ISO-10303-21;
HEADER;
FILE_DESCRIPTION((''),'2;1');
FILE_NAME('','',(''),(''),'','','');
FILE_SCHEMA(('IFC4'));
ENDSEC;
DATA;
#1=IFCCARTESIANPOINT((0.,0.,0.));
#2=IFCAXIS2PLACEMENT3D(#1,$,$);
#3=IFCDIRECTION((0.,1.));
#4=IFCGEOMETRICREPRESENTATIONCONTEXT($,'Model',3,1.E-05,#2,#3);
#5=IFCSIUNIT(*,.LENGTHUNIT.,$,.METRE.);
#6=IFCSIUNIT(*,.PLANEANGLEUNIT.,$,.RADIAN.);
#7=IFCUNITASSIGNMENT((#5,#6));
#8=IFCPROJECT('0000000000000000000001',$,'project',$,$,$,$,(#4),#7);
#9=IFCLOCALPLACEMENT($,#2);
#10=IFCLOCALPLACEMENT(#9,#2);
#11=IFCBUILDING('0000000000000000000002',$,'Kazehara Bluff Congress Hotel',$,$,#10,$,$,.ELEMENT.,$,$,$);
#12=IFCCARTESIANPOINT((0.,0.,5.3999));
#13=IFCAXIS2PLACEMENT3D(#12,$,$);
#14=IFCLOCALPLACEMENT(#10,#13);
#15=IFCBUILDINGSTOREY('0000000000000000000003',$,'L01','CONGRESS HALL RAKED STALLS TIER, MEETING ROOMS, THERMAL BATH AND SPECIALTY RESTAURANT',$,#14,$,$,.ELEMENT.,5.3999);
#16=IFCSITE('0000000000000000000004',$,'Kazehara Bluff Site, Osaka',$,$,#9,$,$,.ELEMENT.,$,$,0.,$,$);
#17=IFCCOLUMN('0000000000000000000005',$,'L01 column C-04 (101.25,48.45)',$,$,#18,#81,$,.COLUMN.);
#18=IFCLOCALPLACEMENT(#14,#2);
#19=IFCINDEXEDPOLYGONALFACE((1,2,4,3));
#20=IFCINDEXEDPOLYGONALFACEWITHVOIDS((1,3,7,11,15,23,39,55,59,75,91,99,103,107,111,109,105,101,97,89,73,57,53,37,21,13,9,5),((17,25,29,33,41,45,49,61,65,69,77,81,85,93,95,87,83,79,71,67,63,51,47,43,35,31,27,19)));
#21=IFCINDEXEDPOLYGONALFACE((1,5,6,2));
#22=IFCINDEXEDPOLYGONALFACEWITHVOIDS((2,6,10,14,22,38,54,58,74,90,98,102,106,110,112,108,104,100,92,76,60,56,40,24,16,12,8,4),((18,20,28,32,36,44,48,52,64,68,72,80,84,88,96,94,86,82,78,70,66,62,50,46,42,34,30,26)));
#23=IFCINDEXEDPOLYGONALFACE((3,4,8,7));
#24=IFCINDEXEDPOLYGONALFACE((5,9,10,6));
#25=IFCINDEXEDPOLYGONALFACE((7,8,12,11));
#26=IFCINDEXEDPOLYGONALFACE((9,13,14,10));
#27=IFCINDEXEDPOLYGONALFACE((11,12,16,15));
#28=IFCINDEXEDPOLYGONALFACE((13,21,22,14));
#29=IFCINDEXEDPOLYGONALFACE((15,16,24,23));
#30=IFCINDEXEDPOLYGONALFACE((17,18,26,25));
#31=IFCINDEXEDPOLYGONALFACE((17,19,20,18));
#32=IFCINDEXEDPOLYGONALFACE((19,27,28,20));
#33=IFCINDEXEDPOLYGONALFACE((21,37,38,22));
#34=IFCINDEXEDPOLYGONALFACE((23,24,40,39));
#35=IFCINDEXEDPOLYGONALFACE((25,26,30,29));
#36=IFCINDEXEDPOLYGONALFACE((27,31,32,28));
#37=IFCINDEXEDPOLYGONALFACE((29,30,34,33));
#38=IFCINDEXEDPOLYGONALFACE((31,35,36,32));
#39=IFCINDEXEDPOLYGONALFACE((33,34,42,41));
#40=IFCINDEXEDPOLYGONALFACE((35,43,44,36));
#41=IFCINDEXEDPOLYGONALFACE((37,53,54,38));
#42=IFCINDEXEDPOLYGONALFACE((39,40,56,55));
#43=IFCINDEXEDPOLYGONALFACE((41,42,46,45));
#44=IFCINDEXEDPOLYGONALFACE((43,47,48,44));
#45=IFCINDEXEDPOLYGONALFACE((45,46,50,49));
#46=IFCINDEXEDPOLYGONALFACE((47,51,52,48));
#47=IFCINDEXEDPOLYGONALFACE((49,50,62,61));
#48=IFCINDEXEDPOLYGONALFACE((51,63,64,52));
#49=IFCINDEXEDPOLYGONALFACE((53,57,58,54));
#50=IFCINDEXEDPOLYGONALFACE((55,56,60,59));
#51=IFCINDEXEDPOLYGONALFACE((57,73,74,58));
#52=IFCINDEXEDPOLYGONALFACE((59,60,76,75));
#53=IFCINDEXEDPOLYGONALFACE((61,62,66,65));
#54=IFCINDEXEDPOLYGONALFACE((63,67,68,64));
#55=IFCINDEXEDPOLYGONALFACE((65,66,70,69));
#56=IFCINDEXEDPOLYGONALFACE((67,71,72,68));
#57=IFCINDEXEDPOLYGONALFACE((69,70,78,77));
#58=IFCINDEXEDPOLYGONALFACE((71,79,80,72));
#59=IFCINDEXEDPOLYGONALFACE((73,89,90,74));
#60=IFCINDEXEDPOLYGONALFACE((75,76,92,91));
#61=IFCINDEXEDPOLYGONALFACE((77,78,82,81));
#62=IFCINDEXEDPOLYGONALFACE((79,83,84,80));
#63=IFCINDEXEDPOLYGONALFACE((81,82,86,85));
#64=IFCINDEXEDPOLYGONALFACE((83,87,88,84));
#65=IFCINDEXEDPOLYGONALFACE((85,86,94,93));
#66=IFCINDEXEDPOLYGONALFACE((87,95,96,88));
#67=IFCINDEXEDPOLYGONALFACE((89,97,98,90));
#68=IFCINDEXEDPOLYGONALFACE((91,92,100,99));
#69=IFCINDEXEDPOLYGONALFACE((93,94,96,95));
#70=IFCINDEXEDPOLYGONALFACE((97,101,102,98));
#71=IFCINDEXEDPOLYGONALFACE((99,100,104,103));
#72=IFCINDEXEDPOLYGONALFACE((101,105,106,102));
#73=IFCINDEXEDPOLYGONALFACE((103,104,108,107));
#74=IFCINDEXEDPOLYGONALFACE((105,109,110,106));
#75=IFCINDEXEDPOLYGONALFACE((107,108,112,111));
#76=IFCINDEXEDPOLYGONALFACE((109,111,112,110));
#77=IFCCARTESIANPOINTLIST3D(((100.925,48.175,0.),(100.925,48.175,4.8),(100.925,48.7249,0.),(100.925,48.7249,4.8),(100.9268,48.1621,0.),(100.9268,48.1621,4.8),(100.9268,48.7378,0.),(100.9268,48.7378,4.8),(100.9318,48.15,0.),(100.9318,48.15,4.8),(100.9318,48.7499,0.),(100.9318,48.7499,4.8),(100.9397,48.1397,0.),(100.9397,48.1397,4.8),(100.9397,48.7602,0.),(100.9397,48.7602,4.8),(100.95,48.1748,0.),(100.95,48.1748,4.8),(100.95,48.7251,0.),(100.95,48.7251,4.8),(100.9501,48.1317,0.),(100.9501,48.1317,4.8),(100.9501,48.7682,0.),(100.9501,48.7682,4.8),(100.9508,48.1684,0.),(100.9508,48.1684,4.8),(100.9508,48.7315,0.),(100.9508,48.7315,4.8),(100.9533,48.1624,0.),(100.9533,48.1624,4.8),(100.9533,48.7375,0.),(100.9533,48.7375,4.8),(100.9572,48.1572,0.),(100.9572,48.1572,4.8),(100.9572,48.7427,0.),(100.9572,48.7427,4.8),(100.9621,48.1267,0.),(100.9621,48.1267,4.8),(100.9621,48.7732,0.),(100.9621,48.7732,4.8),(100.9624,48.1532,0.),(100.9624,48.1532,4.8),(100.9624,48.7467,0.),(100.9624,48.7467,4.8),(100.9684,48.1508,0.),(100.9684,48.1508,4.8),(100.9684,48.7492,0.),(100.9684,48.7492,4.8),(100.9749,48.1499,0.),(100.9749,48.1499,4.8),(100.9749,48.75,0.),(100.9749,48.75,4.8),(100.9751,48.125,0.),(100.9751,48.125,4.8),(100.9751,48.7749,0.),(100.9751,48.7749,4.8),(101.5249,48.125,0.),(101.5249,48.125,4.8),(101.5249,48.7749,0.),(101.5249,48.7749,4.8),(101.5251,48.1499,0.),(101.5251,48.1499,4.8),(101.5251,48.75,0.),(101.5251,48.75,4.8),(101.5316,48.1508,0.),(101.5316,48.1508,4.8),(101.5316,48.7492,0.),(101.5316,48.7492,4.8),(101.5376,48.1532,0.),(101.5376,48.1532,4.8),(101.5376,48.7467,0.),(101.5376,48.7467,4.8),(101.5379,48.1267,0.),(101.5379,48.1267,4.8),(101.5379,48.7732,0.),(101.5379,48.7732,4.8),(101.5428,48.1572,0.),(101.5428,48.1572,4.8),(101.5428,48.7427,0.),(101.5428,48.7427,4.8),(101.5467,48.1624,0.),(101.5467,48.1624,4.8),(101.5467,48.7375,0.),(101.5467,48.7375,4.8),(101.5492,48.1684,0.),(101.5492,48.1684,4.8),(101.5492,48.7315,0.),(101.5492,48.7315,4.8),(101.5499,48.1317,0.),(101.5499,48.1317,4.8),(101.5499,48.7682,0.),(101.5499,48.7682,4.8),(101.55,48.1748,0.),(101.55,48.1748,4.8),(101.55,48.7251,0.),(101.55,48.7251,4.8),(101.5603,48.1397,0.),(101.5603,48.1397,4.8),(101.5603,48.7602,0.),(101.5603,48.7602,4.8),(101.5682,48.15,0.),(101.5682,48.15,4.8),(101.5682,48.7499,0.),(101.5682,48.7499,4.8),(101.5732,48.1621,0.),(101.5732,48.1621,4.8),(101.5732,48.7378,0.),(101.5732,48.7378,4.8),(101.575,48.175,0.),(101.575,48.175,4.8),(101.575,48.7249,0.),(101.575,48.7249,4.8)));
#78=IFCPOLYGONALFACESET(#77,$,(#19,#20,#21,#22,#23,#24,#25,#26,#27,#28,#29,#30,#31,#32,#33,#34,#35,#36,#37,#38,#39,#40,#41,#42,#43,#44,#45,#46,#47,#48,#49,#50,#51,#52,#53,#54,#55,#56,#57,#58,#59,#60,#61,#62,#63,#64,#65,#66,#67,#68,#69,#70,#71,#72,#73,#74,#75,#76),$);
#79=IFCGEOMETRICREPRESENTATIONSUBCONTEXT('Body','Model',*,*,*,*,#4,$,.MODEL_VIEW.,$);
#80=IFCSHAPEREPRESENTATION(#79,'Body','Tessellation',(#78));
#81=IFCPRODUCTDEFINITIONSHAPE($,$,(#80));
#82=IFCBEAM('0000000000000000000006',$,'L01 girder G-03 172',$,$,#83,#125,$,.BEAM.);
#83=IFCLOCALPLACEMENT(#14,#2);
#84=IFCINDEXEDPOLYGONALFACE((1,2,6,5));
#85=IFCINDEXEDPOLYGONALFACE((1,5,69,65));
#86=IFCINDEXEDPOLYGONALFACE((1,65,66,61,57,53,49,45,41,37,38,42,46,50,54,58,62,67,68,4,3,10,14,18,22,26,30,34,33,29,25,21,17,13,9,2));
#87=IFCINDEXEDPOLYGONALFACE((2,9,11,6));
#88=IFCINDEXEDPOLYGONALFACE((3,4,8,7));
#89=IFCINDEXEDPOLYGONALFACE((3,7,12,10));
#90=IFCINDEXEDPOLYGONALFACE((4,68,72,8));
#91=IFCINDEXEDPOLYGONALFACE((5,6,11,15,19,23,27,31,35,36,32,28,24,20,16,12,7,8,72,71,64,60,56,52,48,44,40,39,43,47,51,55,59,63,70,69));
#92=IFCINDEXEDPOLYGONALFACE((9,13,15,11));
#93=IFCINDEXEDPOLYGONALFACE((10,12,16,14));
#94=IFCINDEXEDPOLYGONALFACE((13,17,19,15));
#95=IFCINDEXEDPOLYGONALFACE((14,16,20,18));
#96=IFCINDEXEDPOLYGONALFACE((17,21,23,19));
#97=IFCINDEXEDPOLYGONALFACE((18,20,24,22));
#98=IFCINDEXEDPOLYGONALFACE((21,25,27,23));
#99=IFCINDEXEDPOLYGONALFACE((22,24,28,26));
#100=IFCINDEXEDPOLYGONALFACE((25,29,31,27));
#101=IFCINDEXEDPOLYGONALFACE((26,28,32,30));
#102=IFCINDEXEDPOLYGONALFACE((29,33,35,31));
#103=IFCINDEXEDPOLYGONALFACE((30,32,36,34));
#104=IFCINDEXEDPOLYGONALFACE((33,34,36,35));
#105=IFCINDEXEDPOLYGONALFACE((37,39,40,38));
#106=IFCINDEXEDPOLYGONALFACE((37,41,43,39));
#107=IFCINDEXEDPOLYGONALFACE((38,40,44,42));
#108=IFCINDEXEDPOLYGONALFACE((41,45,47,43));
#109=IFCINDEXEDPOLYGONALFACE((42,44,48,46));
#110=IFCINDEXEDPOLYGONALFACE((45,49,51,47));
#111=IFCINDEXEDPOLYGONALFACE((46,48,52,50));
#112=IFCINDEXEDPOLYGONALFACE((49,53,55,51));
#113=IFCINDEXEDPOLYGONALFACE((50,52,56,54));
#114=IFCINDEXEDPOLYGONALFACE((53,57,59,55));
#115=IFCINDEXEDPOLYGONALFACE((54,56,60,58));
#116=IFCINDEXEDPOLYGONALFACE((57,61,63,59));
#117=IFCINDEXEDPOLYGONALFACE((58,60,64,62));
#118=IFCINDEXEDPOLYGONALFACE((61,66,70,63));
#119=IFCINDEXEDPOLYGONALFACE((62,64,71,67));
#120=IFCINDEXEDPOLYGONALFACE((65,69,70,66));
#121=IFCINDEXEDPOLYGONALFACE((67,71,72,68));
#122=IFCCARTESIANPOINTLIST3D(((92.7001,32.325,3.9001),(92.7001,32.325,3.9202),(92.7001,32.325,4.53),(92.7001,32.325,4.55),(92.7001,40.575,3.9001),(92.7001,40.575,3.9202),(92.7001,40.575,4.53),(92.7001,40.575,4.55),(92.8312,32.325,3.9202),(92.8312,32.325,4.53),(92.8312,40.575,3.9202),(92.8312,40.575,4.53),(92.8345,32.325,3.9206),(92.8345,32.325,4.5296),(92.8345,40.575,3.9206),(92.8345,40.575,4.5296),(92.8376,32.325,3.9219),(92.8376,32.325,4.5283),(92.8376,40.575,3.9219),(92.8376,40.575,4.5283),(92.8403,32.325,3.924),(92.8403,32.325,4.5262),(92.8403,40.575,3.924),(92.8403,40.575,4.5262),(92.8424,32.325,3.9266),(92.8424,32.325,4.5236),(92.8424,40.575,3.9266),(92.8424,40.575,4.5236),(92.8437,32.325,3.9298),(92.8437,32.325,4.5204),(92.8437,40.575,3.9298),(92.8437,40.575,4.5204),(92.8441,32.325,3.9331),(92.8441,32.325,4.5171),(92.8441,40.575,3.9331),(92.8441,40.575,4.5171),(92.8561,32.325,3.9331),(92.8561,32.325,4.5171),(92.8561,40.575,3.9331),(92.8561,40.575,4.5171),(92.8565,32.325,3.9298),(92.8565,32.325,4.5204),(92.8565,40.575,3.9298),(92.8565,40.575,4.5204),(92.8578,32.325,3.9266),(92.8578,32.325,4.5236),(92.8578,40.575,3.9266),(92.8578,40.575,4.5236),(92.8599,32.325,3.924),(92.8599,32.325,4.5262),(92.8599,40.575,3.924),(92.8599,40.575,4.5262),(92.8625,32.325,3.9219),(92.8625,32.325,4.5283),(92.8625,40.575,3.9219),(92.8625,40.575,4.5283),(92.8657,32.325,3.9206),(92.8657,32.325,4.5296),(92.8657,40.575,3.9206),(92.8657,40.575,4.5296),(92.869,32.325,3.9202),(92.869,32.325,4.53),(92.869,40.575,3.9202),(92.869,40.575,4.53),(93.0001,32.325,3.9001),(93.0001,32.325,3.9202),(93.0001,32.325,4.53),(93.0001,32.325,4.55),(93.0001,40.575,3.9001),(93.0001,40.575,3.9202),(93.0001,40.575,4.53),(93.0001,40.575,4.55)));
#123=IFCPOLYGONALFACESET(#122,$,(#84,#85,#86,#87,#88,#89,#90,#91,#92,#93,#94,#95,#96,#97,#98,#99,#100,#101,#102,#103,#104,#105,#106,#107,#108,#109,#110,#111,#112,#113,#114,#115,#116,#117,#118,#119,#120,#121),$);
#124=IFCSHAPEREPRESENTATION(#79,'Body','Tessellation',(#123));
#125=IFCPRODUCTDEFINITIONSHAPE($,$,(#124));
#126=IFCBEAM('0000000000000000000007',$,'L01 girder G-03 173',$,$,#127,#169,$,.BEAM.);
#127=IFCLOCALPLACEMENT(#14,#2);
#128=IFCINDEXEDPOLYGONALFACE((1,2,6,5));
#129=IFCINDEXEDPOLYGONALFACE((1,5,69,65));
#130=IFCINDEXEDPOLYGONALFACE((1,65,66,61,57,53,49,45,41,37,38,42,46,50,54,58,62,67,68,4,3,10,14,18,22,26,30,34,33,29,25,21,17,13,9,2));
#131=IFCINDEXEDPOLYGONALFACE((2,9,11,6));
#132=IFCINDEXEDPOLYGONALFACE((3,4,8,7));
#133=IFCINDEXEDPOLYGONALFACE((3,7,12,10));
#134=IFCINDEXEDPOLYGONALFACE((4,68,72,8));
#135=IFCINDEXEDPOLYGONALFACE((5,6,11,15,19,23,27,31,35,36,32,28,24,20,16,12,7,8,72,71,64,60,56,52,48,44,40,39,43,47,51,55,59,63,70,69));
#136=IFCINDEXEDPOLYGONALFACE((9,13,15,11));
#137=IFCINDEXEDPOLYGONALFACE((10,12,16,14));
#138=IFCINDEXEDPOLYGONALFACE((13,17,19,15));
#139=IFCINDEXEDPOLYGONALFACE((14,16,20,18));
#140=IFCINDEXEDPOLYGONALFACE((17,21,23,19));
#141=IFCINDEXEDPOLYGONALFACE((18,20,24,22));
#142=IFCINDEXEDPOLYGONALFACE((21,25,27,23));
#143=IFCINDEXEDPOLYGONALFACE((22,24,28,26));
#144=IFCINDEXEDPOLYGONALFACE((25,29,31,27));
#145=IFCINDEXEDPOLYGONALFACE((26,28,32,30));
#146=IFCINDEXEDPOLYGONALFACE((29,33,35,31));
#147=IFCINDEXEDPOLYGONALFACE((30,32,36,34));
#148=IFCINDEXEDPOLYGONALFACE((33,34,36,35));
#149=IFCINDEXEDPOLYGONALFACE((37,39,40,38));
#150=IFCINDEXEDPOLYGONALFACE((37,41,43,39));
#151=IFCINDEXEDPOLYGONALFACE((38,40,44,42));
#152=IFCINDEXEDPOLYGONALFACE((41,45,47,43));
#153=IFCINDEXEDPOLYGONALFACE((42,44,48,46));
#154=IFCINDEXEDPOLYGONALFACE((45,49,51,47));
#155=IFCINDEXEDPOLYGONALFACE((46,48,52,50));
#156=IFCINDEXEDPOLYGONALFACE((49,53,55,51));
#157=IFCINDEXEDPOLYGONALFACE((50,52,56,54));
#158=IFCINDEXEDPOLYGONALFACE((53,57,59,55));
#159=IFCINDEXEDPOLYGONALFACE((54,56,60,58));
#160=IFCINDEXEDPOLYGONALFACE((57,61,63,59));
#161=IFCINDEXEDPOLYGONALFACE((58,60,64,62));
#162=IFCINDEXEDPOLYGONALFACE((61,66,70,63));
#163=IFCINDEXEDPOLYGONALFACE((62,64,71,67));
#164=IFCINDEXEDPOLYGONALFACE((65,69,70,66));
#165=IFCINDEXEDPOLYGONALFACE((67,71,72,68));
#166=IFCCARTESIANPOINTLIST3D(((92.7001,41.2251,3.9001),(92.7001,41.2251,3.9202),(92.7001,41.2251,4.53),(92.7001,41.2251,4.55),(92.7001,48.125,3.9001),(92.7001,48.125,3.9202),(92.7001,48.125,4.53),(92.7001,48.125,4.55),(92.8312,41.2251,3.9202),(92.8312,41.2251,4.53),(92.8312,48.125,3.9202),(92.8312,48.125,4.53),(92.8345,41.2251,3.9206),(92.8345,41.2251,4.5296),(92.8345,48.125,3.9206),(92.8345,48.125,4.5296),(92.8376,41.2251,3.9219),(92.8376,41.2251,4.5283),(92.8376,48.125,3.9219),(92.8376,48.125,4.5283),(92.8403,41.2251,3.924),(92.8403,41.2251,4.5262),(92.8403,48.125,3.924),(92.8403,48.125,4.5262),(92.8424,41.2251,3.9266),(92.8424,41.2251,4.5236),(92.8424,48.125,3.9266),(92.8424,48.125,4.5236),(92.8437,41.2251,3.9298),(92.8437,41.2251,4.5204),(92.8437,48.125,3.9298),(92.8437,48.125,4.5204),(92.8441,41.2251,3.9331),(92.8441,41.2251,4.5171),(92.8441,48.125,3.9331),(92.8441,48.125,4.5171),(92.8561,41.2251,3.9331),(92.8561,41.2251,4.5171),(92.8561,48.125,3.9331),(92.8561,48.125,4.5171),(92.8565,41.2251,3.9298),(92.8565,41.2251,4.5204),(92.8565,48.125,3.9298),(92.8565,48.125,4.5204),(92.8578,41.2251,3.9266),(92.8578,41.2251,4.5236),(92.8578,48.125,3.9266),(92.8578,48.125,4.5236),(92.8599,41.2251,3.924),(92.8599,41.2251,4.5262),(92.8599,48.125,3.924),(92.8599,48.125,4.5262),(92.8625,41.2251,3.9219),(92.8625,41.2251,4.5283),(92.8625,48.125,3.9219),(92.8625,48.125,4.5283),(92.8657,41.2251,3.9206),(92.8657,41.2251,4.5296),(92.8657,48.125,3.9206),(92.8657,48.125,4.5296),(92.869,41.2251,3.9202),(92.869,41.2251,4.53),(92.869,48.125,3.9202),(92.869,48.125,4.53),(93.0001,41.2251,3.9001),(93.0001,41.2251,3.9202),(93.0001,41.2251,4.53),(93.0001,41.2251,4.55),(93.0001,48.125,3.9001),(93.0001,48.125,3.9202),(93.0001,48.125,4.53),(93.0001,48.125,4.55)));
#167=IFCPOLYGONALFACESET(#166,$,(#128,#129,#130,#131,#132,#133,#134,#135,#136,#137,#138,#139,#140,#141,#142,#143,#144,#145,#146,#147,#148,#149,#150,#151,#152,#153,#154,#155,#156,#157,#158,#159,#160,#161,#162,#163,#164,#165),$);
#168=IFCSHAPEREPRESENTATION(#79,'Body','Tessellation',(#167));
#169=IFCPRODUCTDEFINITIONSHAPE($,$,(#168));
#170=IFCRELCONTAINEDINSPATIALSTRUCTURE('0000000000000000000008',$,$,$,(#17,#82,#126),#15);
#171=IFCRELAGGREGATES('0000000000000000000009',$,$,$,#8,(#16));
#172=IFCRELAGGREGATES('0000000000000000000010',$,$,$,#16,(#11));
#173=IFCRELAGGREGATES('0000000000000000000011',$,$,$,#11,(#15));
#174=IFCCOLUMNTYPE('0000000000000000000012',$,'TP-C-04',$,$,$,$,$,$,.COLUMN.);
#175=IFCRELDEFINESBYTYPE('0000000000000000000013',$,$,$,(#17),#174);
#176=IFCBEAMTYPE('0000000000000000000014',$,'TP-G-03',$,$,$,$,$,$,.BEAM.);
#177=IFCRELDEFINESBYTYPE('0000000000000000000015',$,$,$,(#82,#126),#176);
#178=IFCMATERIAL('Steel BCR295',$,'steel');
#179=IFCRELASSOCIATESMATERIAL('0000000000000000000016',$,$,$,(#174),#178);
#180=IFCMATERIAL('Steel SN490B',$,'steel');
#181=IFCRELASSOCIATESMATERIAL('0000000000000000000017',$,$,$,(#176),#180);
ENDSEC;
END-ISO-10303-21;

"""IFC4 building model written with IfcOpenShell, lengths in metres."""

from ifc_helpers import new_model, si_unit, direction, frame, origin, origin_2d, place, context, subcontext, project, spatial, hollow_rectangle, i_section, extrude, material, material_profile, profile_set, type_object, element, save


model = new_model("IFC4")

# Units and contexts
model_context = context("Model", 3, precision=1e-05, world=origin(), true_north=direction((0.0, 1.0)))
body_context = subcontext(model_context, "Body", "Model", "MODEL_VIEW")
ifc_project = project(units=[si_unit("LENGTHUNIT", "METRE"), si_unit("PLANEANGLEUNIT", "RADIAN")], contexts=[model_context])

# Site, building, storey
site_placement = place(None, origin())
site = spatial("IfcSite", under=ifc_project, at=site_placement, Name="Kazehara Bluff Site, Osaka", CompositionType="ELEMENT", RefElevation=0.0)
building_placement = place(site_placement, origin())
building = spatial("IfcBuilding", under=site, at=building_placement, Name="Kazehara Bluff Congress Hotel", CompositionType="ELEMENT")
storey_placement = place(building_placement, frame((0.0, 0.0, 5.3999)))
storey = spatial("IfcBuildingStorey", under=building, at=storey_placement, Name="L01", Description="CONGRESS HALL RAKED STALLS TIER, MEETING ROOMS, THERMAL BATH AND SPECIALTY RESTAURANT", CompositionType="ELEMENT", Elevation=5.3999)

# Column
ifc_material_1 = material(Name="Steel BCR295", Category="steel")
ifc_material_profile_1 = material_profile(ifc_material_1, hollow_rectangle(XDim=0.6499, YDim=0.6499, WallThickness=0.0249, InnerFilletRadius=0.0249, OuterFilletRadius=0.05, at=origin_2d()))
ifc_profile_set_1 = profile_set([ifc_material_profile_1], Name="Steel BCR295")
column_type = type_object("IfcColumnType", Name="TP-C-04", PredefinedType="COLUMN", material=ifc_profile_set_1)
for number, where, z_axis, x_axis, name in (
    (1, (101.25, 48.45, 0.0), (0.0, 0.0, 1.0), (1.0, 0.0, 0.0), "L01 column C-04 (101.25,48.45)"),
):
    element("IfcColumn", number, at=place(storey_placement, frame(where, z_axis=z_axis, x_axis=x_axis)), inside=storey, type_object=column_type, Name=name, PredefinedType="COLUMN", context=body_context, shape_type="SweptSolid", body=[
        extrude(hollow_rectangle(XDim=0.6499, YDim=0.6499, WallThickness=0.0249, InnerFilletRadius=0.0249, OuterFilletRadius=0.05, at=origin_2d()), origin(), (0.0, 0.0, 1.0), 4.8),
    ])

# Beams
ifc_material_2 = material(Name="Steel SN490B", Category="steel")
ifc_material_profile_2 = material_profile(ifc_material_2, i_section(OverallWidth=0.3, OverallDepth=0.6499, WebThickness=0.012, FlangeThickness=0.02, FilletRadius=0.0129, at=origin_2d()))
ifc_profile_set_2 = profile_set([ifc_material_profile_2], Name="Steel SN490B")
beam_type_1 = type_object("IfcBeamType", Name="TP-G-03", PredefinedType="BEAM", material=ifc_profile_set_2)
beam_1_placement = place(storey_placement, frame((92.8501, 32.325, 4.2251), z_axis=(0.0, 1.0, 0.0), x_axis=(-1.0, 0.0, 0.0)))
element("IfcBeam", 2, at=beam_1_placement, inside=storey, type_object=beam_type_1, Name="L01 girder G-03 172", PredefinedType="BEAM", context=body_context, shape_type="SweptSolid", body=[
    extrude(i_section(OverallWidth=0.3, OverallDepth=0.6499, WebThickness=0.012, FlangeThickness=0.02, FilletRadius=0.0129, at=origin_2d()), origin(), (0.0, 0.0, 1.0), 8.25),
])
beam_2_placement = place(storey_placement, frame((92.8501, 41.2251, 4.2251), z_axis=(0.0, 1.0, 0.0), x_axis=(-1.0, 0.0, 0.0)))
element("IfcBeam", 3, at=beam_2_placement, inside=storey, type_object=beam_type_1, Name="L01 girder G-03 173", PredefinedType="BEAM", context=body_context, shape_type="SweptSolid", body=[
    extrude(i_section(OverallWidth=0.3, OverallDepth=0.6499, WebThickness=0.012, FlangeThickness=0.02, FilletRadius=0.0129, at=origin_2d()), origin(), (0.0, 0.0, 1.0), 6.8999),
])

save(model, "model.ifc")
